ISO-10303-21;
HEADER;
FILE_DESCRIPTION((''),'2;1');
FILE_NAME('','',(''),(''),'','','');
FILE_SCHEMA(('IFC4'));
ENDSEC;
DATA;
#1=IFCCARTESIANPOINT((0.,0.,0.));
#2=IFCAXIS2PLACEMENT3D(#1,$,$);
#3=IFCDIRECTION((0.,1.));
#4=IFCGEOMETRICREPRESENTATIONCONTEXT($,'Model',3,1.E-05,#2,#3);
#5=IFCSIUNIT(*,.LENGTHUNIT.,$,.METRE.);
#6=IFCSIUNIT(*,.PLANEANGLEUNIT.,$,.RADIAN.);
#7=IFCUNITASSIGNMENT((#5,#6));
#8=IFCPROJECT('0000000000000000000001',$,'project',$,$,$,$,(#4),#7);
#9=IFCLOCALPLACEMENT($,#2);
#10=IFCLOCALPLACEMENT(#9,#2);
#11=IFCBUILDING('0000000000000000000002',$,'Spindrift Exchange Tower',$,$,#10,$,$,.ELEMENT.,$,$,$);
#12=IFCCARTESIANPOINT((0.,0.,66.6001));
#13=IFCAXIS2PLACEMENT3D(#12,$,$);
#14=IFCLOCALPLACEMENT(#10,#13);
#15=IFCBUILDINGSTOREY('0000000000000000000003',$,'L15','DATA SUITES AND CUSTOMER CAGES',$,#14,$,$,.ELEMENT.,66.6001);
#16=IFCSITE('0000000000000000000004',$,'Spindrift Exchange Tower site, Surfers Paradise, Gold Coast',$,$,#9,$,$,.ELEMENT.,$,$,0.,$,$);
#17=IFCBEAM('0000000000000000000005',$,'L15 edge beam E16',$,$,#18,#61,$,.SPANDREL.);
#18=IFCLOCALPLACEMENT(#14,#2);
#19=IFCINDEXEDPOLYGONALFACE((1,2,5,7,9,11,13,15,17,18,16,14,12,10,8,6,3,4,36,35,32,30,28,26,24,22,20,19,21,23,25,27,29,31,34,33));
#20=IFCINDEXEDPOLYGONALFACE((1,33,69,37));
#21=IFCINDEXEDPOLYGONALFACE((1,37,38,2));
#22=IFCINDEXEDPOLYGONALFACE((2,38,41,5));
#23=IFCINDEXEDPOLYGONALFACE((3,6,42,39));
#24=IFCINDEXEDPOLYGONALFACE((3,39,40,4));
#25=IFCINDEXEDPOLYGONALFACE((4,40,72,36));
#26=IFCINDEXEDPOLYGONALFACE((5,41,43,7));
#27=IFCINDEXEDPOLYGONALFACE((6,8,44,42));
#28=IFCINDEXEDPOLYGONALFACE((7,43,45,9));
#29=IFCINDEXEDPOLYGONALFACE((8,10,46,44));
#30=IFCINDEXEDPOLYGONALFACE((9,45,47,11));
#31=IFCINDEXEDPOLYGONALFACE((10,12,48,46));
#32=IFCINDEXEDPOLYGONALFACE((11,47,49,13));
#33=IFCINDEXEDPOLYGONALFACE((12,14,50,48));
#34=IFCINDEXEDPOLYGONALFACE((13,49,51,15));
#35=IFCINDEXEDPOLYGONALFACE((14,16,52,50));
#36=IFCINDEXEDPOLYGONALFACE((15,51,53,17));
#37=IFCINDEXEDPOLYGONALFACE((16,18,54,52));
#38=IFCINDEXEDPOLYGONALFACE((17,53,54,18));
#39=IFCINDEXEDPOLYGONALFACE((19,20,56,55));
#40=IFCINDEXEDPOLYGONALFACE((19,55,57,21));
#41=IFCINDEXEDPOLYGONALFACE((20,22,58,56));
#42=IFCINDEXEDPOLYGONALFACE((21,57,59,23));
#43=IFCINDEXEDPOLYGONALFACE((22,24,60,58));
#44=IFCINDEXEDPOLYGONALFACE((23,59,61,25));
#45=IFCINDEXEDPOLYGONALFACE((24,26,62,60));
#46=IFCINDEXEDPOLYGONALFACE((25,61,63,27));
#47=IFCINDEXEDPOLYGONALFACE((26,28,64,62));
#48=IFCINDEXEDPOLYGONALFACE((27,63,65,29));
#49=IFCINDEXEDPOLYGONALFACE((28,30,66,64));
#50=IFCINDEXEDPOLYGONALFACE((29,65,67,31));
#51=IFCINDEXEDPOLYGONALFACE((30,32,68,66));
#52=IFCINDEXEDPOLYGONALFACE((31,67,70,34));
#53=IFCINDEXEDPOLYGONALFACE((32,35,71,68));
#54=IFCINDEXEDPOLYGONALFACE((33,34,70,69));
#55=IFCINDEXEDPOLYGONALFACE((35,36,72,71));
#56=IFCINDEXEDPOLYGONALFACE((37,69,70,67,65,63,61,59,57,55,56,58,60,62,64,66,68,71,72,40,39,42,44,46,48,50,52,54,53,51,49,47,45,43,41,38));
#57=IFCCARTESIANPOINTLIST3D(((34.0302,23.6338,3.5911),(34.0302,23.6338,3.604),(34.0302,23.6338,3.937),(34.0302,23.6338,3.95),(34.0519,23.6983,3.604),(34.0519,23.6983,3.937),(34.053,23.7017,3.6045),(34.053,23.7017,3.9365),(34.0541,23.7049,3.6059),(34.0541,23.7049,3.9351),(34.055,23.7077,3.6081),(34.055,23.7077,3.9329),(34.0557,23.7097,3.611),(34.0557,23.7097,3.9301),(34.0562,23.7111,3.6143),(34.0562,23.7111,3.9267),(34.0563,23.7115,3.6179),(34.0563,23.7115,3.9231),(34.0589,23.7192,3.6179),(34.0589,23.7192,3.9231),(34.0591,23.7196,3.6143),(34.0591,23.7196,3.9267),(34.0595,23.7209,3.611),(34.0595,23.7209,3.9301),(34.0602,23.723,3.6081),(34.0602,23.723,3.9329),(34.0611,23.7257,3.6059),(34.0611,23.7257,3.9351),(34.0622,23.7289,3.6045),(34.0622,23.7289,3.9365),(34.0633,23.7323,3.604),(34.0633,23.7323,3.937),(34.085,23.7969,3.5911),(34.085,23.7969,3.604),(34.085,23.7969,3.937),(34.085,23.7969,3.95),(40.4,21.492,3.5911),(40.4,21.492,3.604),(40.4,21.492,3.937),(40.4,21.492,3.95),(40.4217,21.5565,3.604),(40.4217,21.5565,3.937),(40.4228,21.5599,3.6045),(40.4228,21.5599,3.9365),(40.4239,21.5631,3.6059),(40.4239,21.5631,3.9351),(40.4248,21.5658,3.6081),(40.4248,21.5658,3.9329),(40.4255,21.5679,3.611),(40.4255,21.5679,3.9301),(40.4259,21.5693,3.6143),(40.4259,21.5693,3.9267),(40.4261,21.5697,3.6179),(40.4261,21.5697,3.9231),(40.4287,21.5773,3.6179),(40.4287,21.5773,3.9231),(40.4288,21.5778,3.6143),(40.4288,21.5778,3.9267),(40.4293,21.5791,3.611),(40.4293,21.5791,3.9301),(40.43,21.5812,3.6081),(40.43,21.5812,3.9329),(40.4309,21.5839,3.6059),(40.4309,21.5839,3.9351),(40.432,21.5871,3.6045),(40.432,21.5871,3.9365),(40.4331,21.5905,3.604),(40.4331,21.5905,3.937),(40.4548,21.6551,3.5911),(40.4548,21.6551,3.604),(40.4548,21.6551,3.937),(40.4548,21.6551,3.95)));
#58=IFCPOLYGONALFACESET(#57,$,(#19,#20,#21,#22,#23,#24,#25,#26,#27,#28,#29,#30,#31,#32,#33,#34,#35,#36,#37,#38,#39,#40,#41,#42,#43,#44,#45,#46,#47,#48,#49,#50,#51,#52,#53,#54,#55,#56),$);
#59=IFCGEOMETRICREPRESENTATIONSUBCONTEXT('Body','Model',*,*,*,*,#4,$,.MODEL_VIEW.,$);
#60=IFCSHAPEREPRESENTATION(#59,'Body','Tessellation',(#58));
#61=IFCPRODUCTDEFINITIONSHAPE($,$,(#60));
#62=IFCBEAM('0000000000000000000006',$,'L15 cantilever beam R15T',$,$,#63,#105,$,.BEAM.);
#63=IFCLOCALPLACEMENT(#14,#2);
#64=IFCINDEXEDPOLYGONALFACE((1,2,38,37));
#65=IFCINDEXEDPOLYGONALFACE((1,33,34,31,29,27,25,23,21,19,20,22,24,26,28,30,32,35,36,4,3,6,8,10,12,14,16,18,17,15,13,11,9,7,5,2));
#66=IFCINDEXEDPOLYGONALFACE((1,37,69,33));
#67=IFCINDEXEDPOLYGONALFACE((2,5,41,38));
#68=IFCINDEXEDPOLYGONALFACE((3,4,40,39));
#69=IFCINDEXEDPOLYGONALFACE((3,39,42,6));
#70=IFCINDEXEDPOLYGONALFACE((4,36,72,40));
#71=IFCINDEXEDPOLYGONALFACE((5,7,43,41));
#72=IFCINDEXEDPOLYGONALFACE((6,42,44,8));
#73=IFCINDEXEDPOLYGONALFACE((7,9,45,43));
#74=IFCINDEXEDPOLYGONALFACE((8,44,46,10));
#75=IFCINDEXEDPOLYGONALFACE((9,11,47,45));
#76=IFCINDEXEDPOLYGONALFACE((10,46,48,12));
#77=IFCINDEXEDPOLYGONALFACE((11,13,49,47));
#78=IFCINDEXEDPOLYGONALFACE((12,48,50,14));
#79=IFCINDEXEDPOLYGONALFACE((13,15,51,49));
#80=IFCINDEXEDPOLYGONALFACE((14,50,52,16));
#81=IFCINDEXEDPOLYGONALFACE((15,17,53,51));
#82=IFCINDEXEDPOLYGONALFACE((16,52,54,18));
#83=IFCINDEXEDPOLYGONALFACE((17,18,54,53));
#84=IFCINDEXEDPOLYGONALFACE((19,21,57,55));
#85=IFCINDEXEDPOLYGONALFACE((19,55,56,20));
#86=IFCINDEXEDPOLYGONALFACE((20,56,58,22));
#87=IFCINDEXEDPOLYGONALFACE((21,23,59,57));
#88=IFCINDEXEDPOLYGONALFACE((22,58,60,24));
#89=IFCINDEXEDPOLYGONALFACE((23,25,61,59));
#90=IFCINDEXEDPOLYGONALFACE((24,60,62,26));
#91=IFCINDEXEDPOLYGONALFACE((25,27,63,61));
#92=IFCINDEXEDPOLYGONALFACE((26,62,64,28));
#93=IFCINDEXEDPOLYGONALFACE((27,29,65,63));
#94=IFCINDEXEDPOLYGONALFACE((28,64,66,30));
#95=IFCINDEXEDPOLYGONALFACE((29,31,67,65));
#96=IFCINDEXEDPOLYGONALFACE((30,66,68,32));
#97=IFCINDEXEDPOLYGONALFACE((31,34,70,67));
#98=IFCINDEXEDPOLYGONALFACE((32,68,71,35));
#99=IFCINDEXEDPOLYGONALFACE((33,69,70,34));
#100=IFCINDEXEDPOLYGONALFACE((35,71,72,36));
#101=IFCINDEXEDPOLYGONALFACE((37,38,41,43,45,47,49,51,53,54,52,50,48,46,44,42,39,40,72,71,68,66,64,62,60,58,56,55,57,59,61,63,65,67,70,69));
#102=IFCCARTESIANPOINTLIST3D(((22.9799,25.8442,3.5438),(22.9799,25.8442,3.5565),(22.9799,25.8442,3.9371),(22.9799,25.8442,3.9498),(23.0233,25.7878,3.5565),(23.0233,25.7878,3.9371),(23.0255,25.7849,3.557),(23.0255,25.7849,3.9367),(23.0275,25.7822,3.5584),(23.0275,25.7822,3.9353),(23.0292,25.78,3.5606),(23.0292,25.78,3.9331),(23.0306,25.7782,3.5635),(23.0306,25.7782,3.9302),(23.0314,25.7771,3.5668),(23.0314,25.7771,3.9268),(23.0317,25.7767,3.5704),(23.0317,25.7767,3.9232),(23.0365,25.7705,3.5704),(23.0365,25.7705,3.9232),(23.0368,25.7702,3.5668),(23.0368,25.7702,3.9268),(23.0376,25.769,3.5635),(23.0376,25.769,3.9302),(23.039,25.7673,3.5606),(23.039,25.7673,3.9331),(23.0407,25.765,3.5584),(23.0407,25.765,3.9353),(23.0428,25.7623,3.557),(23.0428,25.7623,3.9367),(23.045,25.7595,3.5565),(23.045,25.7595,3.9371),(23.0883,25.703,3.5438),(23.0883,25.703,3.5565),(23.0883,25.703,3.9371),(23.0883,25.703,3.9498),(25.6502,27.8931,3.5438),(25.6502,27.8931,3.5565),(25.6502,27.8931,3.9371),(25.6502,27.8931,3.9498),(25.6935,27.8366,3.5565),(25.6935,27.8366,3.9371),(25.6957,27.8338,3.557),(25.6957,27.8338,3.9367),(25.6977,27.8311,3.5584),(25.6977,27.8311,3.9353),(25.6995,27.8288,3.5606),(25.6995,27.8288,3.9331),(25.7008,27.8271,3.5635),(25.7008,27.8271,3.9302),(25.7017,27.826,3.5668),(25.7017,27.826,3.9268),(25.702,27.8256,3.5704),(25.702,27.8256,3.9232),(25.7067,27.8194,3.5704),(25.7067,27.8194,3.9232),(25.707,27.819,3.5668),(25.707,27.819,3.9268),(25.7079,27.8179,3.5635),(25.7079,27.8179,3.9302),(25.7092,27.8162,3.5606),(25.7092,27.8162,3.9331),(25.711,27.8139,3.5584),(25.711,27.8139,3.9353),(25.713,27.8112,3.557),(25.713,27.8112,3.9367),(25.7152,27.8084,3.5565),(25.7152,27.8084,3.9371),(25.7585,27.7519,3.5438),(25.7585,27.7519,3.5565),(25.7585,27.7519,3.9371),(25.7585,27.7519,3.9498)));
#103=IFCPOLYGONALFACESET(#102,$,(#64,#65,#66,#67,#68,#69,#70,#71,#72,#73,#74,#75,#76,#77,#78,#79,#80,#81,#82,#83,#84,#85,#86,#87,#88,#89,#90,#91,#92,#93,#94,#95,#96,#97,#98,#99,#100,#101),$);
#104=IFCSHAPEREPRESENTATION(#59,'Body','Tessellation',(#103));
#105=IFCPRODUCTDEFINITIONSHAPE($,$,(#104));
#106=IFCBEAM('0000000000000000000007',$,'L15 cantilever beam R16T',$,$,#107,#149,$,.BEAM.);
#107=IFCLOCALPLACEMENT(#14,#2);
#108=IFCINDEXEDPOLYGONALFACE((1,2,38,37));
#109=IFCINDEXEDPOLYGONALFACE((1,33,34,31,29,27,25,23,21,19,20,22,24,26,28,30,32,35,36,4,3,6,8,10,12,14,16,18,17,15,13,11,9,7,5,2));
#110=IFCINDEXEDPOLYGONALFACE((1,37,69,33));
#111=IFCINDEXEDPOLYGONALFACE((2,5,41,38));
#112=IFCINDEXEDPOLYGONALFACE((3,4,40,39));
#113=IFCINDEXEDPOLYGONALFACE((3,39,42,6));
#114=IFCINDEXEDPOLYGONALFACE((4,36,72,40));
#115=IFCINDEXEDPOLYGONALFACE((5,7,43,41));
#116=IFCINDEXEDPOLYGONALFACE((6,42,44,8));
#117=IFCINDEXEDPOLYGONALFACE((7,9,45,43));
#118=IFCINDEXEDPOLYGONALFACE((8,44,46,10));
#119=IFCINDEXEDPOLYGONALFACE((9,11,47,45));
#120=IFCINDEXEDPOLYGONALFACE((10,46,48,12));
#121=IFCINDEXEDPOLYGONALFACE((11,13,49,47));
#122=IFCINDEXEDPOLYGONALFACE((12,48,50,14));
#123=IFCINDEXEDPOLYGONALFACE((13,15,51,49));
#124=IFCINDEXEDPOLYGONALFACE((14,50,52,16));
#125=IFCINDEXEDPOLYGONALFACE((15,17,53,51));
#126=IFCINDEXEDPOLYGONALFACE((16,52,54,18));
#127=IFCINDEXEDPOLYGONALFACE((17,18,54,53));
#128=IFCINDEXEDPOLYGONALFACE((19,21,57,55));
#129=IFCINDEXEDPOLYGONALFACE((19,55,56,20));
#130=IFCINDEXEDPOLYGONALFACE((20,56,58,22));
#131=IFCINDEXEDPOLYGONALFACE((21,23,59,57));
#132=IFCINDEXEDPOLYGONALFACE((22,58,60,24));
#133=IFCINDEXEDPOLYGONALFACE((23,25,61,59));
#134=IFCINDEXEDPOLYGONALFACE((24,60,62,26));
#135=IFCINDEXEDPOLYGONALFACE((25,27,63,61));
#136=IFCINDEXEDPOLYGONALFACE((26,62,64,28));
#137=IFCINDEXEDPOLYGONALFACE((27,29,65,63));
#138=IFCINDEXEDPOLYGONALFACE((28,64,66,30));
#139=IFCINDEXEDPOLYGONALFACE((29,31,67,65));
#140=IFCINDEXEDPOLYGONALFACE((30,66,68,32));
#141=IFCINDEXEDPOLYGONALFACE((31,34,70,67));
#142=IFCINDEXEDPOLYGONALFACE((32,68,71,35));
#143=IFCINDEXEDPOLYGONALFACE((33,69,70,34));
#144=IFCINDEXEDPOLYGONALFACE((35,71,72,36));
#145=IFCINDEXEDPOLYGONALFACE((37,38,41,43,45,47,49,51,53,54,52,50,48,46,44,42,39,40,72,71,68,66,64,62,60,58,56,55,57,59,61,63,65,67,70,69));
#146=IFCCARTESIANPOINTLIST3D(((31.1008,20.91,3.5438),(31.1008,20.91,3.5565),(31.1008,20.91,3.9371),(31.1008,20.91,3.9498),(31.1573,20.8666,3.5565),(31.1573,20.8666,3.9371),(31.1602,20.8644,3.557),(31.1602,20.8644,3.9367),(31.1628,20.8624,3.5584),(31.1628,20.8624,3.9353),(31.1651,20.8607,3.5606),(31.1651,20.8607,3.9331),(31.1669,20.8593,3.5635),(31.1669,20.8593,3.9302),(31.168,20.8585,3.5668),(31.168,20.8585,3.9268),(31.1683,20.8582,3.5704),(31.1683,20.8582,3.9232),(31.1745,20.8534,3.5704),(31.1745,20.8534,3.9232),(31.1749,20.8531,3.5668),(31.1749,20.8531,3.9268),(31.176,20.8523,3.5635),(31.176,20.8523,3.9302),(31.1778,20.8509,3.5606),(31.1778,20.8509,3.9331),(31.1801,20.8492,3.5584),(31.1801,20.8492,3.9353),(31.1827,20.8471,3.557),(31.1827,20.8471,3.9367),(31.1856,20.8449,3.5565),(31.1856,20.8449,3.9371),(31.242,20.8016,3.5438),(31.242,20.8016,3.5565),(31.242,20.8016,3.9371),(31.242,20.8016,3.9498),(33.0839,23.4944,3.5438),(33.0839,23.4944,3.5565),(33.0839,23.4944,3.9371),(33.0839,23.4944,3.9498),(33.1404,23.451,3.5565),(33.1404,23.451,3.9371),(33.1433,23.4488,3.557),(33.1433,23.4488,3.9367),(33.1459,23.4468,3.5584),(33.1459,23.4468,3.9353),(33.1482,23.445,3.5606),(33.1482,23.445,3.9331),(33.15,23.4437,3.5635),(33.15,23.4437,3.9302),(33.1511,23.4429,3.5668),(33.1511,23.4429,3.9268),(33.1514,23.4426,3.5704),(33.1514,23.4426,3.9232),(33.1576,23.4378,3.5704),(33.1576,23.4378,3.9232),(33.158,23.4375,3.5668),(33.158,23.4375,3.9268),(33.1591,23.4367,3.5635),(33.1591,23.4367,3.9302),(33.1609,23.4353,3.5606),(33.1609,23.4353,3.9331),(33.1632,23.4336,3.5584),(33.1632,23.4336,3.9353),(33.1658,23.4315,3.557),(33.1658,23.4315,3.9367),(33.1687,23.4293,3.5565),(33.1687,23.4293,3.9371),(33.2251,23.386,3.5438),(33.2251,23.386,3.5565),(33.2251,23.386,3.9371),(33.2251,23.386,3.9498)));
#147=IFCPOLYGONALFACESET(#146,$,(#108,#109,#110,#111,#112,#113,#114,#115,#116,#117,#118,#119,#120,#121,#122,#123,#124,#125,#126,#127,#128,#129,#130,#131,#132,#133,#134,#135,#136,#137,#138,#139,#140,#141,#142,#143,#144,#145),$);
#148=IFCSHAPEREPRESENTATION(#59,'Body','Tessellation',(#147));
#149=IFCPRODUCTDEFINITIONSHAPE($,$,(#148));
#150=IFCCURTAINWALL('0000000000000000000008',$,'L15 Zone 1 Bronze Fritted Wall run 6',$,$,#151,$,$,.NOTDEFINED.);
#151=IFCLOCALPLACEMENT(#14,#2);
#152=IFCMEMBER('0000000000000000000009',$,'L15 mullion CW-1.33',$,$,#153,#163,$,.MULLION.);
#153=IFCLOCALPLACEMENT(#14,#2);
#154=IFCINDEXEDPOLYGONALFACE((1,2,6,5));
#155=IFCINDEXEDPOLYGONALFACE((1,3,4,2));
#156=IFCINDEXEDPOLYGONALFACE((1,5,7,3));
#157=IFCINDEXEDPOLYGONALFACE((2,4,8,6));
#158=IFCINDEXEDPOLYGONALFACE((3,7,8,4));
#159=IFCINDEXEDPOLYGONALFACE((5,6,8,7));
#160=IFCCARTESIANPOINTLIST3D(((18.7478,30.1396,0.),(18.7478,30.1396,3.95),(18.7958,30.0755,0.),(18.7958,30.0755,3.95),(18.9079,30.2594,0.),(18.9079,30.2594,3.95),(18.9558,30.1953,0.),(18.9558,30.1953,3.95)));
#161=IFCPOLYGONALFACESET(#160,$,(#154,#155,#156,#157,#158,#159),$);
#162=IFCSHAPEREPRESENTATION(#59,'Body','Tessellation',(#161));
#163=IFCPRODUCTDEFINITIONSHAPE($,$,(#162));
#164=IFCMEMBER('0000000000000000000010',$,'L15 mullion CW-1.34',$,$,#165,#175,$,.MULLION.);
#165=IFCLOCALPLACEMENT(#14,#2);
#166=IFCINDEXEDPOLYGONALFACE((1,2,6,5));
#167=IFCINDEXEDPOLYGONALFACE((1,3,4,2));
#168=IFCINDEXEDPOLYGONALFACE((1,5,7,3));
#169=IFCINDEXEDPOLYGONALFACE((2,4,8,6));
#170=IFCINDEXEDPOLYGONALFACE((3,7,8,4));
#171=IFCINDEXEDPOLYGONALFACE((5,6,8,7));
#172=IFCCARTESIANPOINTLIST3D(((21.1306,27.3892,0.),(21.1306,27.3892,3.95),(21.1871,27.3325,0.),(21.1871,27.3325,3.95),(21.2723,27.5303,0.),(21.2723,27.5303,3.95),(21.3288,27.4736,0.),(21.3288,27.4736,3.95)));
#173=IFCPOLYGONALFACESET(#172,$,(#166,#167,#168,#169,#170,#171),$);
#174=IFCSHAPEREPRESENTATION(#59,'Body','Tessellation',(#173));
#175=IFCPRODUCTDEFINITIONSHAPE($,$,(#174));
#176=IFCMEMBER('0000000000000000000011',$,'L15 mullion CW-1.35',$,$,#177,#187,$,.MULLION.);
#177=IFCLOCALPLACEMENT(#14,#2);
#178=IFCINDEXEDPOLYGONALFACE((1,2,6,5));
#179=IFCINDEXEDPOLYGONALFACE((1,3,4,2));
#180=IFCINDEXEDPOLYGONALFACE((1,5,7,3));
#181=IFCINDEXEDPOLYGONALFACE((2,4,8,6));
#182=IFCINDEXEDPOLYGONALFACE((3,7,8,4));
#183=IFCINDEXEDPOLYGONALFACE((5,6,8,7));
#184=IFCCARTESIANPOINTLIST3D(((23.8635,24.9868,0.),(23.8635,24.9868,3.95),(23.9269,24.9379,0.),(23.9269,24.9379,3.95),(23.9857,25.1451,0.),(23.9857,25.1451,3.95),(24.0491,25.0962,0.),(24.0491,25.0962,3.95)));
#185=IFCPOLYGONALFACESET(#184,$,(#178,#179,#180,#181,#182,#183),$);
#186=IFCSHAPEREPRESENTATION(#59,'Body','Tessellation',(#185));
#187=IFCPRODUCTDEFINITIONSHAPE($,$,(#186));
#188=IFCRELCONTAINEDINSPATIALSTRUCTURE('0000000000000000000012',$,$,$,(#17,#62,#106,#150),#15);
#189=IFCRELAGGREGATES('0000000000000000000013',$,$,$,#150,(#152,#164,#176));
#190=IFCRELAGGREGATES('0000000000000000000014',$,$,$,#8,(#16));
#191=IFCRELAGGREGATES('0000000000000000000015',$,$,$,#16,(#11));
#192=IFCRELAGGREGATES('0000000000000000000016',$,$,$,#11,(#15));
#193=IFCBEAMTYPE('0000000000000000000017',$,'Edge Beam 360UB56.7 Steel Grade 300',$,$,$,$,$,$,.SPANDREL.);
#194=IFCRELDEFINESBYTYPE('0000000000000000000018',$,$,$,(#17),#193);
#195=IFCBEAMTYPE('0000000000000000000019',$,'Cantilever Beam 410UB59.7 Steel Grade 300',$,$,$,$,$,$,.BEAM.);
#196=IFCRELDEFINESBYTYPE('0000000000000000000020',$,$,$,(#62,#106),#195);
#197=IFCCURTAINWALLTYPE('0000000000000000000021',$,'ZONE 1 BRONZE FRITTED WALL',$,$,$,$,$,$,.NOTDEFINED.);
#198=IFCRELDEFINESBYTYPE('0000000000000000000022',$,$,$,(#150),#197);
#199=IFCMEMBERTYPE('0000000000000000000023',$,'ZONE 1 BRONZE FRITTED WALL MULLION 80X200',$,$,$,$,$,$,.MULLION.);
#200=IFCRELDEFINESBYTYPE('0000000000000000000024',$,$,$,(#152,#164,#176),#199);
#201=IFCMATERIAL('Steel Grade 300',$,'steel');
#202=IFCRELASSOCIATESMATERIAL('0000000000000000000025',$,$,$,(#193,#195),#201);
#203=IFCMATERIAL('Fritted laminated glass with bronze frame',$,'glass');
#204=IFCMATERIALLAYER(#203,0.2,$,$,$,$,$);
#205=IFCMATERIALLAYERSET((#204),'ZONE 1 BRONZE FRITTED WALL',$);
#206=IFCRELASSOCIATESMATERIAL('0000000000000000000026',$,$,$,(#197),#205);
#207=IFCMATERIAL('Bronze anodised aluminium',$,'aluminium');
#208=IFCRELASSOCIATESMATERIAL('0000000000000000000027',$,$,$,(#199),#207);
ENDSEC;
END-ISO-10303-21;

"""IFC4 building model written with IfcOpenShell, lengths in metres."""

from ifc_helpers import new_model, si_unit, direction, frame, origin, origin_2d, place, context, subcontext, project, spatial, rectangle, i_section, extrude, source, transform, mapped, material, layer, layer_set, material_profile, profile_set, type_object, element, aggregate, save


model = new_model("IFC4")

# Units and contexts
model_context = context("Model", 3, precision=1e-05, world=origin(), true_north=direction((0.0, 1.0)))
body_context = subcontext(model_context, "Body", "Model", "MODEL_VIEW")
ifc_project = project(units=[si_unit("LENGTHUNIT", "METRE"), si_unit("PLANEANGLEUNIT", "RADIAN")], contexts=[model_context])

# Site, building, storey
site_placement = place(None, origin())
site = spatial("IfcSite", under=ifc_project, at=site_placement, Name="Spindrift Exchange Tower site, Surfers Paradise, Gold Coast", CompositionType="ELEMENT", RefElevation=0.0)
building_placement = place(site_placement, origin())
building = spatial("IfcBuilding", under=site, at=building_placement, Name="Spindrift Exchange Tower", CompositionType="ELEMENT")
storey_placement = place(building_placement, frame((0.0, 0.0, 66.6001)))
storey = spatial("IfcBuildingStorey", under=building, at=storey_placement, Name="L15", Description="DATA SUITES AND CUSTOMER CAGES", CompositionType="ELEMENT", Elevation=66.6001)

# Beams
ifc_material_1 = material(Name="Steel Grade 300", Category="steel")
ifc_material_profile_1 = material_profile(ifc_material_1, i_section(OverallWidth=0.1721, OverallDepth=0.3589, WebThickness=0.0081, FlangeThickness=0.0129, FilletRadius=0.0139, at=origin_2d()), Name="360UB56.7")
ifc_profile_set_1 = profile_set([ifc_material_profile_1], Name="Steel Grade 300")
beam_type_1 = type_object("IfcBeamType", Name="Edge Beam 360UB56.7 Steel Grade 300", PredefinedType="SPANDREL", material=ifc_profile_set_1)
shared_shape_1 = source(origin(), body_context, "Body", "SweptSolid", [
    extrude(i_section(OverallWidth=0.1721, OverallDepth=0.3589, WebThickness=0.0081, FlangeThickness=0.0129, FilletRadius=0.0139, at=origin_2d()), origin(), (0.0, 0.0, 1.0), 6.7202),
])
beam_1_placement = place(storey_placement, frame((34.0576, 23.7153, 3.7705), z_axis=(0.947852, -0.318712, 0.0), x_axis=(0.318712, 0.947852, 0.0)))
element("IfcBeam", 1, at=beam_1_placement, inside=storey, type_object=beam_type_1, Name="L15 edge beam E16", PredefinedType="SPANDREL", context=body_context, shape_type="MappedRepresentation", body=[
    mapped(shared_shape_1, transform((0.0, 0.0, 0.0), scale=1.0)),
])
ifc_material_profile_2 = material_profile(ifc_material_1, i_section(OverallWidth=0.178, OverallDepth=0.406, WebThickness=0.0078, FlangeThickness=0.0127, FilletRadius=0.0139, at=origin_2d()), Name="410UB59.7")
ifc_profile_set_2 = profile_set([ifc_material_profile_2], Name="Steel Grade 300")
beam_type_2 = type_object("IfcBeamType", Name="Cantilever Beam 410UB59.7 Steel Grade 300", PredefinedType="BEAM", material=ifc_profile_set_2)
shared_shape_2 = source(origin(), body_context, "Body", "SweptSolid", [
    extrude(i_section(OverallWidth=0.178, OverallDepth=0.406, WebThickness=0.0078, FlangeThickness=0.0127, FilletRadius=0.0139, at=origin_2d()), origin(), (0.0, 0.0, 1.0), 3.3657),
])
beam_2_placement = place(storey_placement, frame((25.7043, 27.8225, 3.7468), z_axis=(-0.793362, -0.60875, 0.0), x_axis=(0.60875, -0.793362, 0.0)))
element("IfcBeam", 2, at=beam_2_placement, inside=storey, type_object=beam_type_2, Name="L15 cantilever beam R15T", PredefinedType="BEAM", context=body_context, shape_type="MappedRepresentation", body=[
    mapped(shared_shape_2, transform((0.0, 0.0, 0.0), scale=1.0)),
])
shared_shape_3 = source(origin(), body_context, "Body", "SweptSolid", [
    extrude(i_section(OverallWidth=0.178, OverallDepth=0.406, WebThickness=0.0078, FlangeThickness=0.0127, FilletRadius=0.0139, at=origin_2d()), origin(), (0.0, 0.0, 1.0), 3.2576),
])
beam_3_placement = place(storey_placement, frame((33.1545, 23.4402, 3.7468), z_axis=(-0.608765, -0.793351, 0.0), x_axis=(0.793351, -0.608765, 0.0)))
element("IfcBeam", 3, at=beam_3_placement, inside=storey, type_object=beam_type_2, Name="L15 cantilever beam R16T", PredefinedType="BEAM", context=body_context, shape_type="MappedRepresentation", body=[
    mapped(shared_shape_3, transform((0.0, 0.0, 0.0), scale=1.0)),
])

# Curtain wall, members
ifc_material_2 = material(Name="Fritted laminated glass with bronze frame", Category="glass")
ifc_layer_1 = layer(ifc_material_2, 0.2)
ifc_layer_set_1 = layer_set([ifc_layer_1], Name="ZONE 1 BRONZE FRITTED WALL")
curtain_wall_type = type_object("IfcCurtainWallType", Name="ZONE 1 BRONZE FRITTED WALL", PredefinedType="NOTDEFINED", material=ifc_layer_set_1)
curtain_wall_1_placement = place(storey_placement, origin())
curtain_wall_1 = element("IfcCurtainWall", 4, at=curtain_wall_1_placement, inside=storey, type_object=curtain_wall_type, Name="L15 Zone 1 Bronze Fritted Wall run 6", PredefinedType="NOTDEFINED")
ifc_material_3 = material(Name="Bronze anodised aluminium", Category="aluminium")
ifc_material_profile_3 = material_profile(ifc_material_3, rectangle(XDim=0.0801, YDim=0.2, at=origin_2d()), Name="ZONE 1 BRONZE FRITTED WALL MULLION 80X200")
ifc_profile_set_3 = profile_set([ifc_material_profile_3], Name="Bronze anodised aluminium")
member_type_1 = type_object("IfcMemberType", Name="ZONE 1 BRONZE FRITTED WALL MULLION 80X200", PredefinedType="MULLION", material=ifc_profile_set_3)
shared_shape_4 = source(origin(), body_context, "Body", "SweptSolid", [
    extrude(rectangle(XDim=0.0801, YDim=0.2, at=origin_2d()), origin(), (0.0, 0.0, 1.0), 3.95),
])
member_1_placement = place(storey_placement, frame((18.8518, 30.1675, 0.0), z_axis=(0.0, 0.0, 1.0), x_axis=(0.599225, -0.800581, 0.0)))
member_1 = element("IfcMember", 5, at=member_1_placement, type_object=member_type_1, Name="L15 mullion CW-1.33", PredefinedType="MULLION", context=body_context, shape_type="MappedRepresentation", body=[
    mapped(shared_shape_4, transform((0.0, 0.0, 0.0), scale=1.0)),
])
member_2_placement = place(storey_placement, frame((21.2297, 27.4314, 0.0), z_axis=(0.0, 0.0, 1.0), x_axis=(0.705623, -0.708588, 0.0)))
member_2 = element("IfcMember", 6, at=member_2_placement, type_object=member_type_1, Name="L15 mullion CW-1.34", PredefinedType="MULLION", context=body_context, shape_type="MappedRepresentation", body=[
    mapped(shared_shape_4, transform((0.0, 0.0, 0.0), scale=1.0)),
])
member_3_placement = place(storey_placement, frame((23.9563, 25.0415, 0.0), z_axis=(0.0, 0.0, 1.0), x_axis=(0.791608, -0.61103, 0.0)))
member_3 = element("IfcMember", 7, at=member_3_placement, type_object=member_type_1, Name="L15 mullion CW-1.35", PredefinedType="MULLION", context=body_context, shape_type="MappedRepresentation", body=[
    mapped(shared_shape_4, transform((0.0, 0.0, 0.0), scale=1.0)),
])

aggregate(curtain_wall_1, [member_1, member_2, member_3])

save(model, "model.ifc")
